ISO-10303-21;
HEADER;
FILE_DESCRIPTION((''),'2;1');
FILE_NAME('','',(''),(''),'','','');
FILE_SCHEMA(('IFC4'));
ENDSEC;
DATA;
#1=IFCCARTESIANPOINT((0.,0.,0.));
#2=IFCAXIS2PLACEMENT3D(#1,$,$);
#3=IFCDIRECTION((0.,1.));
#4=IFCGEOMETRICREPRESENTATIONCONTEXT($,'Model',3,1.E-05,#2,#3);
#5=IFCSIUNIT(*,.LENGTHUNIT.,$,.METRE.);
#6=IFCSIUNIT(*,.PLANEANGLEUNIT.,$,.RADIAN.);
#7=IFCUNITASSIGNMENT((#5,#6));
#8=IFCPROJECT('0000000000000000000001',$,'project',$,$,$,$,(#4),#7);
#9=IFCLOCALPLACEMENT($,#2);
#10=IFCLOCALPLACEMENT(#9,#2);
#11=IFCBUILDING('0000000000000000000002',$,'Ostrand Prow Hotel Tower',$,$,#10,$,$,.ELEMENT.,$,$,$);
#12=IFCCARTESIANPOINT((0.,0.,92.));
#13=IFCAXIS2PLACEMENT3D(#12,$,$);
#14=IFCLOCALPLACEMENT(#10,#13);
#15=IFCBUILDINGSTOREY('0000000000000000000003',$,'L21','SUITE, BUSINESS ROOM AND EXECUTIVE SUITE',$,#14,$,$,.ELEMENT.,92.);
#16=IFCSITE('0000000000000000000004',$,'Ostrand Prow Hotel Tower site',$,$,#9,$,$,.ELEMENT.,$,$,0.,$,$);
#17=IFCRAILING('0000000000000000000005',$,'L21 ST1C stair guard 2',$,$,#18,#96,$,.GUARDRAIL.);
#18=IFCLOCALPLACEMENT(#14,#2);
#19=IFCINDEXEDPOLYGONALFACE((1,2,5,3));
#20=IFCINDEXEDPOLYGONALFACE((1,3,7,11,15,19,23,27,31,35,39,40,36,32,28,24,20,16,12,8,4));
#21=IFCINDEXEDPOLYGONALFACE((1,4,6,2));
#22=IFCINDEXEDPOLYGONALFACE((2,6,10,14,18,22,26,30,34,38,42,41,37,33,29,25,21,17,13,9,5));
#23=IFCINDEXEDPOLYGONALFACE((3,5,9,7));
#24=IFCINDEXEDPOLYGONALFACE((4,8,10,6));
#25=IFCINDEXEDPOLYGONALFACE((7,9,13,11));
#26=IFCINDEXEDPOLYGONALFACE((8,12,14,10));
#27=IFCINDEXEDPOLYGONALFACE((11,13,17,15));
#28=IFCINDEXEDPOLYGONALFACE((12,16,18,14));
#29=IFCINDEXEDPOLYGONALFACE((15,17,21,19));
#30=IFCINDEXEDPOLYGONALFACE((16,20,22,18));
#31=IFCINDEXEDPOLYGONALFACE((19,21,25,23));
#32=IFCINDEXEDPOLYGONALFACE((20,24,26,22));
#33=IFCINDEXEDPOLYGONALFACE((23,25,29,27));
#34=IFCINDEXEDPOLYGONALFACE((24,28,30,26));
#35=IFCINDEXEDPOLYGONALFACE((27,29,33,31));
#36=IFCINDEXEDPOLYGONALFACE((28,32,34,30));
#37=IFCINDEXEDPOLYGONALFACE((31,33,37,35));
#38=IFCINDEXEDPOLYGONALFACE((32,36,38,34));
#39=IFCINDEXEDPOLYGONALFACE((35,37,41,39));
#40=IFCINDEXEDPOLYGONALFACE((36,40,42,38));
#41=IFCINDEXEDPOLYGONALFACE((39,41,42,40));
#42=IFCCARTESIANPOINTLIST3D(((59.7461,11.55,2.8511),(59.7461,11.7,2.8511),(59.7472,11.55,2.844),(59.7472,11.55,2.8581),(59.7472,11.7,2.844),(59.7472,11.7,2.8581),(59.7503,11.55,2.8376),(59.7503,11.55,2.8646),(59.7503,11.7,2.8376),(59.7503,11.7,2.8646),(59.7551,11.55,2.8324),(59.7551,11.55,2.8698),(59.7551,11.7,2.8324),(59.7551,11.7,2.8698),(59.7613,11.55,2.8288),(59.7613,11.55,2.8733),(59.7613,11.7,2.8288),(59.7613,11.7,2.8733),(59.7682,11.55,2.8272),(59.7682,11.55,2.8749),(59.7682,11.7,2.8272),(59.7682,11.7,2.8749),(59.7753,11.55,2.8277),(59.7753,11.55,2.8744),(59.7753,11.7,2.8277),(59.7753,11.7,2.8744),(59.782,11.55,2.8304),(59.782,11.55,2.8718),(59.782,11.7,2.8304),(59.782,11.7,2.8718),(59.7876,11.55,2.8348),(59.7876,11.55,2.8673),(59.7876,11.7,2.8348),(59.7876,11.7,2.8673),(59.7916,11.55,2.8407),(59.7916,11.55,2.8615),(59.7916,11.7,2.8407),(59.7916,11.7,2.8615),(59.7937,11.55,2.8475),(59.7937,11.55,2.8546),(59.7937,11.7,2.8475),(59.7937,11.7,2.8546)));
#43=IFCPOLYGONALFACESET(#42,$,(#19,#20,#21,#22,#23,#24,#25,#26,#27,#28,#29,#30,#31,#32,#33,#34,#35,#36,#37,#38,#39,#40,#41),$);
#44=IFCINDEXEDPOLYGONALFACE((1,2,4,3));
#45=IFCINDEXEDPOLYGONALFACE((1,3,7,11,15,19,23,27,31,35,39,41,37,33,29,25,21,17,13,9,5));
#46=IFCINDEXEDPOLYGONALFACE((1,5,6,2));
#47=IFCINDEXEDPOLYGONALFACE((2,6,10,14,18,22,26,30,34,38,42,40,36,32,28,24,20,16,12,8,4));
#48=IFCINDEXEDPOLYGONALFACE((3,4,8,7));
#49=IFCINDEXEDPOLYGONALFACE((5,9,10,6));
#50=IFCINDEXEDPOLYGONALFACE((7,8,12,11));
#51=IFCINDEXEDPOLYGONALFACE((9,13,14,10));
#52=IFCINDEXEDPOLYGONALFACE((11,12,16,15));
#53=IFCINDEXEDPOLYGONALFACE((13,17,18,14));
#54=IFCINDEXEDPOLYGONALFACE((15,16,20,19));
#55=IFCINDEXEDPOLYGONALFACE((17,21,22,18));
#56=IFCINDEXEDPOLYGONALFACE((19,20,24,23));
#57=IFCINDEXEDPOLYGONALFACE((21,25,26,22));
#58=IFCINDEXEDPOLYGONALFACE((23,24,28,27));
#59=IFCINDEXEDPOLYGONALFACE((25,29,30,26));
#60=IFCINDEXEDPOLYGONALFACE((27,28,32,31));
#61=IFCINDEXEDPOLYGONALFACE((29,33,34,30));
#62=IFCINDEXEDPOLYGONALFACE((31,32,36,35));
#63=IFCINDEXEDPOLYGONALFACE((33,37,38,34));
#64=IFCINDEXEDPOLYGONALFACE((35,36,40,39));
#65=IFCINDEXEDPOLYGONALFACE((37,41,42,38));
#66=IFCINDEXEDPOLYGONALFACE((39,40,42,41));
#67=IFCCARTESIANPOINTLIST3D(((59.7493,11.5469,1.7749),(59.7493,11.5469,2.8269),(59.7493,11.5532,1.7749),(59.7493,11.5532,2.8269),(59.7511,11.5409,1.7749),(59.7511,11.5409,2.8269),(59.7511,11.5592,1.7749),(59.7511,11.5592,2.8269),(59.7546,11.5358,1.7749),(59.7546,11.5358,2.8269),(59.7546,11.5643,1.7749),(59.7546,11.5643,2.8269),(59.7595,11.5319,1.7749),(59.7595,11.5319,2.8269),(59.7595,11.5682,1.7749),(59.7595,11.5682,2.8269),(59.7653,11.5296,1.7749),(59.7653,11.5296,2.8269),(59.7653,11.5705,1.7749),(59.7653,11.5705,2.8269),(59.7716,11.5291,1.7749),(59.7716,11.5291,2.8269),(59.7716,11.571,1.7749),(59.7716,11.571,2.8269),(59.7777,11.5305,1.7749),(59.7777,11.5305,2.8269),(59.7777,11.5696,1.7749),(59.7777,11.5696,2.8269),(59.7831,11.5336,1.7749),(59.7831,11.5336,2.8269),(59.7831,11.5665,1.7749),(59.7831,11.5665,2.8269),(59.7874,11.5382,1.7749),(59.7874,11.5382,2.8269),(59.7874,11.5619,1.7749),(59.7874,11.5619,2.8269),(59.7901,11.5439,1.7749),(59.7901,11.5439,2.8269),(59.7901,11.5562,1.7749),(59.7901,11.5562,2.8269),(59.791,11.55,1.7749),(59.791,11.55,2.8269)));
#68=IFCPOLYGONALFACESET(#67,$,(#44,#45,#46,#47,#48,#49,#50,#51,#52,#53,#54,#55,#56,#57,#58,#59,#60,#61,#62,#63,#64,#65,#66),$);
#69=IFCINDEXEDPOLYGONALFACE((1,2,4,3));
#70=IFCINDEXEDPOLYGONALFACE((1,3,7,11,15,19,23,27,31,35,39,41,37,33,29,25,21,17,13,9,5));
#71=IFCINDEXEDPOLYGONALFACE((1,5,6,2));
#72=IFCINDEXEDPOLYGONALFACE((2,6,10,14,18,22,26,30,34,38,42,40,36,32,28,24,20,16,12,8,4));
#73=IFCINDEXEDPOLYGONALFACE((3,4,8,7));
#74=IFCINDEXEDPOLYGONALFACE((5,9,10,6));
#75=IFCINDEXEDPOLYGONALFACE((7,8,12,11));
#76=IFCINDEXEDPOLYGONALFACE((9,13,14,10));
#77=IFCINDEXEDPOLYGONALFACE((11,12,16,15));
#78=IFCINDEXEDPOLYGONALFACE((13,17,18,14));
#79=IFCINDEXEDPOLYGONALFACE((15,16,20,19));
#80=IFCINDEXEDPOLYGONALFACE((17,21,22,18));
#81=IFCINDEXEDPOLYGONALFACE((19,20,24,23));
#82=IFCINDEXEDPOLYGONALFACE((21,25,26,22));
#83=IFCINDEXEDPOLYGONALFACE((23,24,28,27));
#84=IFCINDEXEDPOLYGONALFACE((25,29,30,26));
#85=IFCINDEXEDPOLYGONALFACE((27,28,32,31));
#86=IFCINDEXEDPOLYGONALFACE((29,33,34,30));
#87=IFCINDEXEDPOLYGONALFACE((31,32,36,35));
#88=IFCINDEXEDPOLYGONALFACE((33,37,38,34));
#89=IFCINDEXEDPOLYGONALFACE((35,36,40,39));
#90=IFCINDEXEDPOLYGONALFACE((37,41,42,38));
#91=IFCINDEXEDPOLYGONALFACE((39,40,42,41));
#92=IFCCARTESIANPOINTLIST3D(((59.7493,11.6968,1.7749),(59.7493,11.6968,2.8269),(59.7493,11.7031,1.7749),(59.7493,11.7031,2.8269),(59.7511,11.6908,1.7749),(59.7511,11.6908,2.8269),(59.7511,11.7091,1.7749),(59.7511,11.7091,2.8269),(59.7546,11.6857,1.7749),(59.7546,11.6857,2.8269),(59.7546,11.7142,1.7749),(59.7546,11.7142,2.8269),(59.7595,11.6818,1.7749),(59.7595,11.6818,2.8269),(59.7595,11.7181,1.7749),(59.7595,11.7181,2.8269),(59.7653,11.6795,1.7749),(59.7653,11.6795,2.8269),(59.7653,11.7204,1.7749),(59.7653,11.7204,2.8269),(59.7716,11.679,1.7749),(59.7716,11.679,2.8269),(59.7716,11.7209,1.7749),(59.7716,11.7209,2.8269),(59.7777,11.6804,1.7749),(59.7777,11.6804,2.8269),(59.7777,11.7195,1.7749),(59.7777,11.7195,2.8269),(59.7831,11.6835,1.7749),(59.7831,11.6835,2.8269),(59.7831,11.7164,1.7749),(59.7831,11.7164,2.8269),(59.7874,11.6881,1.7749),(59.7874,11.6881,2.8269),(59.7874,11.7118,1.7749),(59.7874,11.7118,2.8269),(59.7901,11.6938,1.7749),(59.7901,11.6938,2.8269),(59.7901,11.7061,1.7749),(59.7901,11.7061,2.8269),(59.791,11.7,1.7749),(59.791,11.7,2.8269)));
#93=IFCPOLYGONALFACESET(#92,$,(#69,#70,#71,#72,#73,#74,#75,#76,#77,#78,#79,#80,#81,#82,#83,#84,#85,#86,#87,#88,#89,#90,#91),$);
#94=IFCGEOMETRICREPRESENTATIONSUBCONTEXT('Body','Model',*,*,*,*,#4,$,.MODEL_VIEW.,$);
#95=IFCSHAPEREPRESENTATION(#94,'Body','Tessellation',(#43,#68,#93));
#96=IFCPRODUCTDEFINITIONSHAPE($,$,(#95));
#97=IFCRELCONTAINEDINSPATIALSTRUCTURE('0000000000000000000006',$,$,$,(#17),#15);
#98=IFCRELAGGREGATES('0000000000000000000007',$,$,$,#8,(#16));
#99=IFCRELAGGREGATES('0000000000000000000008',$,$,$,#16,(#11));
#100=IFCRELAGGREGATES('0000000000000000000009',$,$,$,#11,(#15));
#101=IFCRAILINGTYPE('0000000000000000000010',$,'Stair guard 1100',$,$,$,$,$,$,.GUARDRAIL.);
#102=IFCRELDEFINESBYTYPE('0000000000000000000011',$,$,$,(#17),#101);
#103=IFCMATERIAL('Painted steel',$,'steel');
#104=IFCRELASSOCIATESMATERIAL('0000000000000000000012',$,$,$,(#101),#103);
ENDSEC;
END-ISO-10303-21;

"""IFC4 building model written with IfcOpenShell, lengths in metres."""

from ifc_helpers import new_model, si_unit, direction, frame, origin, origin_2d, place, context, subcontext, project, spatial, circle, extrude, material, type_object, element, save


model = new_model("IFC4")

# Units and contexts
model_context = context("Model", 3, precision=1e-05, world=origin(), true_north=direction((0.0, 1.0)))
body_context = subcontext(model_context, "Body", "Model", "MODEL_VIEW")
ifc_project = project(units=[si_unit("LENGTHUNIT", "METRE"), si_unit("PLANEANGLEUNIT", "RADIAN")], contexts=[model_context])

# Site, building, storey
site_placement = place(None, origin())
site = spatial("IfcSite", under=ifc_project, at=site_placement, Name="Ostrand Prow Hotel Tower site", CompositionType="ELEMENT", RefElevation=0.0)
building_placement = place(site_placement, origin())
building = spatial("IfcBuilding", under=site, at=building_placement, Name="Ostrand Prow Hotel Tower", CompositionType="ELEMENT")
storey_placement = place(building_placement, frame((0.0, 0.0, 92.0)))
storey = spatial("IfcBuildingStorey", under=building, at=storey_placement, Name="L21", Description="SUITE, BUSINESS ROOM AND EXECUTIVE SUITE", CompositionType="ELEMENT", Elevation=92.0)

# Railing
ifc_material_1 = material(Name="Painted steel", Category="steel")
railing_type_1 = type_object("IfcRailingType", Name="Stair guard 1100", PredefinedType="GUARDRAIL", material=ifc_material_1)
railing_1_placement = place(storey_placement, frame((59.77, 11.55, 1.7749)))
element("IfcRailing", 1, at=railing_1_placement, inside=storey, type_object=railing_type_1, Name="L21 ST1C stair guard 2", PredefinedType="GUARDRAIL", context=body_context, shape_type="SweptSolid", body=[
    extrude(circle(Radius=0.0239, at=origin_2d()), frame((0.0, 0.0, 1.0762), z_axis=(0.0, 1.0, 0.0), x_axis=(-1.0, 0.0, 0.0)), (0.0, 0.0, 1.0), 0.1499),
    extrude(circle(Radius=0.021, at=origin_2d()), origin(), (0.0, 0.0, 1.0), 1.052),
    extrude(circle(Radius=0.021, at=origin_2d()), frame((0.0, 0.1499, 0.0)), (0.0, 0.0, 1.0), 1.052),
])

save(model, "model.ifc")
